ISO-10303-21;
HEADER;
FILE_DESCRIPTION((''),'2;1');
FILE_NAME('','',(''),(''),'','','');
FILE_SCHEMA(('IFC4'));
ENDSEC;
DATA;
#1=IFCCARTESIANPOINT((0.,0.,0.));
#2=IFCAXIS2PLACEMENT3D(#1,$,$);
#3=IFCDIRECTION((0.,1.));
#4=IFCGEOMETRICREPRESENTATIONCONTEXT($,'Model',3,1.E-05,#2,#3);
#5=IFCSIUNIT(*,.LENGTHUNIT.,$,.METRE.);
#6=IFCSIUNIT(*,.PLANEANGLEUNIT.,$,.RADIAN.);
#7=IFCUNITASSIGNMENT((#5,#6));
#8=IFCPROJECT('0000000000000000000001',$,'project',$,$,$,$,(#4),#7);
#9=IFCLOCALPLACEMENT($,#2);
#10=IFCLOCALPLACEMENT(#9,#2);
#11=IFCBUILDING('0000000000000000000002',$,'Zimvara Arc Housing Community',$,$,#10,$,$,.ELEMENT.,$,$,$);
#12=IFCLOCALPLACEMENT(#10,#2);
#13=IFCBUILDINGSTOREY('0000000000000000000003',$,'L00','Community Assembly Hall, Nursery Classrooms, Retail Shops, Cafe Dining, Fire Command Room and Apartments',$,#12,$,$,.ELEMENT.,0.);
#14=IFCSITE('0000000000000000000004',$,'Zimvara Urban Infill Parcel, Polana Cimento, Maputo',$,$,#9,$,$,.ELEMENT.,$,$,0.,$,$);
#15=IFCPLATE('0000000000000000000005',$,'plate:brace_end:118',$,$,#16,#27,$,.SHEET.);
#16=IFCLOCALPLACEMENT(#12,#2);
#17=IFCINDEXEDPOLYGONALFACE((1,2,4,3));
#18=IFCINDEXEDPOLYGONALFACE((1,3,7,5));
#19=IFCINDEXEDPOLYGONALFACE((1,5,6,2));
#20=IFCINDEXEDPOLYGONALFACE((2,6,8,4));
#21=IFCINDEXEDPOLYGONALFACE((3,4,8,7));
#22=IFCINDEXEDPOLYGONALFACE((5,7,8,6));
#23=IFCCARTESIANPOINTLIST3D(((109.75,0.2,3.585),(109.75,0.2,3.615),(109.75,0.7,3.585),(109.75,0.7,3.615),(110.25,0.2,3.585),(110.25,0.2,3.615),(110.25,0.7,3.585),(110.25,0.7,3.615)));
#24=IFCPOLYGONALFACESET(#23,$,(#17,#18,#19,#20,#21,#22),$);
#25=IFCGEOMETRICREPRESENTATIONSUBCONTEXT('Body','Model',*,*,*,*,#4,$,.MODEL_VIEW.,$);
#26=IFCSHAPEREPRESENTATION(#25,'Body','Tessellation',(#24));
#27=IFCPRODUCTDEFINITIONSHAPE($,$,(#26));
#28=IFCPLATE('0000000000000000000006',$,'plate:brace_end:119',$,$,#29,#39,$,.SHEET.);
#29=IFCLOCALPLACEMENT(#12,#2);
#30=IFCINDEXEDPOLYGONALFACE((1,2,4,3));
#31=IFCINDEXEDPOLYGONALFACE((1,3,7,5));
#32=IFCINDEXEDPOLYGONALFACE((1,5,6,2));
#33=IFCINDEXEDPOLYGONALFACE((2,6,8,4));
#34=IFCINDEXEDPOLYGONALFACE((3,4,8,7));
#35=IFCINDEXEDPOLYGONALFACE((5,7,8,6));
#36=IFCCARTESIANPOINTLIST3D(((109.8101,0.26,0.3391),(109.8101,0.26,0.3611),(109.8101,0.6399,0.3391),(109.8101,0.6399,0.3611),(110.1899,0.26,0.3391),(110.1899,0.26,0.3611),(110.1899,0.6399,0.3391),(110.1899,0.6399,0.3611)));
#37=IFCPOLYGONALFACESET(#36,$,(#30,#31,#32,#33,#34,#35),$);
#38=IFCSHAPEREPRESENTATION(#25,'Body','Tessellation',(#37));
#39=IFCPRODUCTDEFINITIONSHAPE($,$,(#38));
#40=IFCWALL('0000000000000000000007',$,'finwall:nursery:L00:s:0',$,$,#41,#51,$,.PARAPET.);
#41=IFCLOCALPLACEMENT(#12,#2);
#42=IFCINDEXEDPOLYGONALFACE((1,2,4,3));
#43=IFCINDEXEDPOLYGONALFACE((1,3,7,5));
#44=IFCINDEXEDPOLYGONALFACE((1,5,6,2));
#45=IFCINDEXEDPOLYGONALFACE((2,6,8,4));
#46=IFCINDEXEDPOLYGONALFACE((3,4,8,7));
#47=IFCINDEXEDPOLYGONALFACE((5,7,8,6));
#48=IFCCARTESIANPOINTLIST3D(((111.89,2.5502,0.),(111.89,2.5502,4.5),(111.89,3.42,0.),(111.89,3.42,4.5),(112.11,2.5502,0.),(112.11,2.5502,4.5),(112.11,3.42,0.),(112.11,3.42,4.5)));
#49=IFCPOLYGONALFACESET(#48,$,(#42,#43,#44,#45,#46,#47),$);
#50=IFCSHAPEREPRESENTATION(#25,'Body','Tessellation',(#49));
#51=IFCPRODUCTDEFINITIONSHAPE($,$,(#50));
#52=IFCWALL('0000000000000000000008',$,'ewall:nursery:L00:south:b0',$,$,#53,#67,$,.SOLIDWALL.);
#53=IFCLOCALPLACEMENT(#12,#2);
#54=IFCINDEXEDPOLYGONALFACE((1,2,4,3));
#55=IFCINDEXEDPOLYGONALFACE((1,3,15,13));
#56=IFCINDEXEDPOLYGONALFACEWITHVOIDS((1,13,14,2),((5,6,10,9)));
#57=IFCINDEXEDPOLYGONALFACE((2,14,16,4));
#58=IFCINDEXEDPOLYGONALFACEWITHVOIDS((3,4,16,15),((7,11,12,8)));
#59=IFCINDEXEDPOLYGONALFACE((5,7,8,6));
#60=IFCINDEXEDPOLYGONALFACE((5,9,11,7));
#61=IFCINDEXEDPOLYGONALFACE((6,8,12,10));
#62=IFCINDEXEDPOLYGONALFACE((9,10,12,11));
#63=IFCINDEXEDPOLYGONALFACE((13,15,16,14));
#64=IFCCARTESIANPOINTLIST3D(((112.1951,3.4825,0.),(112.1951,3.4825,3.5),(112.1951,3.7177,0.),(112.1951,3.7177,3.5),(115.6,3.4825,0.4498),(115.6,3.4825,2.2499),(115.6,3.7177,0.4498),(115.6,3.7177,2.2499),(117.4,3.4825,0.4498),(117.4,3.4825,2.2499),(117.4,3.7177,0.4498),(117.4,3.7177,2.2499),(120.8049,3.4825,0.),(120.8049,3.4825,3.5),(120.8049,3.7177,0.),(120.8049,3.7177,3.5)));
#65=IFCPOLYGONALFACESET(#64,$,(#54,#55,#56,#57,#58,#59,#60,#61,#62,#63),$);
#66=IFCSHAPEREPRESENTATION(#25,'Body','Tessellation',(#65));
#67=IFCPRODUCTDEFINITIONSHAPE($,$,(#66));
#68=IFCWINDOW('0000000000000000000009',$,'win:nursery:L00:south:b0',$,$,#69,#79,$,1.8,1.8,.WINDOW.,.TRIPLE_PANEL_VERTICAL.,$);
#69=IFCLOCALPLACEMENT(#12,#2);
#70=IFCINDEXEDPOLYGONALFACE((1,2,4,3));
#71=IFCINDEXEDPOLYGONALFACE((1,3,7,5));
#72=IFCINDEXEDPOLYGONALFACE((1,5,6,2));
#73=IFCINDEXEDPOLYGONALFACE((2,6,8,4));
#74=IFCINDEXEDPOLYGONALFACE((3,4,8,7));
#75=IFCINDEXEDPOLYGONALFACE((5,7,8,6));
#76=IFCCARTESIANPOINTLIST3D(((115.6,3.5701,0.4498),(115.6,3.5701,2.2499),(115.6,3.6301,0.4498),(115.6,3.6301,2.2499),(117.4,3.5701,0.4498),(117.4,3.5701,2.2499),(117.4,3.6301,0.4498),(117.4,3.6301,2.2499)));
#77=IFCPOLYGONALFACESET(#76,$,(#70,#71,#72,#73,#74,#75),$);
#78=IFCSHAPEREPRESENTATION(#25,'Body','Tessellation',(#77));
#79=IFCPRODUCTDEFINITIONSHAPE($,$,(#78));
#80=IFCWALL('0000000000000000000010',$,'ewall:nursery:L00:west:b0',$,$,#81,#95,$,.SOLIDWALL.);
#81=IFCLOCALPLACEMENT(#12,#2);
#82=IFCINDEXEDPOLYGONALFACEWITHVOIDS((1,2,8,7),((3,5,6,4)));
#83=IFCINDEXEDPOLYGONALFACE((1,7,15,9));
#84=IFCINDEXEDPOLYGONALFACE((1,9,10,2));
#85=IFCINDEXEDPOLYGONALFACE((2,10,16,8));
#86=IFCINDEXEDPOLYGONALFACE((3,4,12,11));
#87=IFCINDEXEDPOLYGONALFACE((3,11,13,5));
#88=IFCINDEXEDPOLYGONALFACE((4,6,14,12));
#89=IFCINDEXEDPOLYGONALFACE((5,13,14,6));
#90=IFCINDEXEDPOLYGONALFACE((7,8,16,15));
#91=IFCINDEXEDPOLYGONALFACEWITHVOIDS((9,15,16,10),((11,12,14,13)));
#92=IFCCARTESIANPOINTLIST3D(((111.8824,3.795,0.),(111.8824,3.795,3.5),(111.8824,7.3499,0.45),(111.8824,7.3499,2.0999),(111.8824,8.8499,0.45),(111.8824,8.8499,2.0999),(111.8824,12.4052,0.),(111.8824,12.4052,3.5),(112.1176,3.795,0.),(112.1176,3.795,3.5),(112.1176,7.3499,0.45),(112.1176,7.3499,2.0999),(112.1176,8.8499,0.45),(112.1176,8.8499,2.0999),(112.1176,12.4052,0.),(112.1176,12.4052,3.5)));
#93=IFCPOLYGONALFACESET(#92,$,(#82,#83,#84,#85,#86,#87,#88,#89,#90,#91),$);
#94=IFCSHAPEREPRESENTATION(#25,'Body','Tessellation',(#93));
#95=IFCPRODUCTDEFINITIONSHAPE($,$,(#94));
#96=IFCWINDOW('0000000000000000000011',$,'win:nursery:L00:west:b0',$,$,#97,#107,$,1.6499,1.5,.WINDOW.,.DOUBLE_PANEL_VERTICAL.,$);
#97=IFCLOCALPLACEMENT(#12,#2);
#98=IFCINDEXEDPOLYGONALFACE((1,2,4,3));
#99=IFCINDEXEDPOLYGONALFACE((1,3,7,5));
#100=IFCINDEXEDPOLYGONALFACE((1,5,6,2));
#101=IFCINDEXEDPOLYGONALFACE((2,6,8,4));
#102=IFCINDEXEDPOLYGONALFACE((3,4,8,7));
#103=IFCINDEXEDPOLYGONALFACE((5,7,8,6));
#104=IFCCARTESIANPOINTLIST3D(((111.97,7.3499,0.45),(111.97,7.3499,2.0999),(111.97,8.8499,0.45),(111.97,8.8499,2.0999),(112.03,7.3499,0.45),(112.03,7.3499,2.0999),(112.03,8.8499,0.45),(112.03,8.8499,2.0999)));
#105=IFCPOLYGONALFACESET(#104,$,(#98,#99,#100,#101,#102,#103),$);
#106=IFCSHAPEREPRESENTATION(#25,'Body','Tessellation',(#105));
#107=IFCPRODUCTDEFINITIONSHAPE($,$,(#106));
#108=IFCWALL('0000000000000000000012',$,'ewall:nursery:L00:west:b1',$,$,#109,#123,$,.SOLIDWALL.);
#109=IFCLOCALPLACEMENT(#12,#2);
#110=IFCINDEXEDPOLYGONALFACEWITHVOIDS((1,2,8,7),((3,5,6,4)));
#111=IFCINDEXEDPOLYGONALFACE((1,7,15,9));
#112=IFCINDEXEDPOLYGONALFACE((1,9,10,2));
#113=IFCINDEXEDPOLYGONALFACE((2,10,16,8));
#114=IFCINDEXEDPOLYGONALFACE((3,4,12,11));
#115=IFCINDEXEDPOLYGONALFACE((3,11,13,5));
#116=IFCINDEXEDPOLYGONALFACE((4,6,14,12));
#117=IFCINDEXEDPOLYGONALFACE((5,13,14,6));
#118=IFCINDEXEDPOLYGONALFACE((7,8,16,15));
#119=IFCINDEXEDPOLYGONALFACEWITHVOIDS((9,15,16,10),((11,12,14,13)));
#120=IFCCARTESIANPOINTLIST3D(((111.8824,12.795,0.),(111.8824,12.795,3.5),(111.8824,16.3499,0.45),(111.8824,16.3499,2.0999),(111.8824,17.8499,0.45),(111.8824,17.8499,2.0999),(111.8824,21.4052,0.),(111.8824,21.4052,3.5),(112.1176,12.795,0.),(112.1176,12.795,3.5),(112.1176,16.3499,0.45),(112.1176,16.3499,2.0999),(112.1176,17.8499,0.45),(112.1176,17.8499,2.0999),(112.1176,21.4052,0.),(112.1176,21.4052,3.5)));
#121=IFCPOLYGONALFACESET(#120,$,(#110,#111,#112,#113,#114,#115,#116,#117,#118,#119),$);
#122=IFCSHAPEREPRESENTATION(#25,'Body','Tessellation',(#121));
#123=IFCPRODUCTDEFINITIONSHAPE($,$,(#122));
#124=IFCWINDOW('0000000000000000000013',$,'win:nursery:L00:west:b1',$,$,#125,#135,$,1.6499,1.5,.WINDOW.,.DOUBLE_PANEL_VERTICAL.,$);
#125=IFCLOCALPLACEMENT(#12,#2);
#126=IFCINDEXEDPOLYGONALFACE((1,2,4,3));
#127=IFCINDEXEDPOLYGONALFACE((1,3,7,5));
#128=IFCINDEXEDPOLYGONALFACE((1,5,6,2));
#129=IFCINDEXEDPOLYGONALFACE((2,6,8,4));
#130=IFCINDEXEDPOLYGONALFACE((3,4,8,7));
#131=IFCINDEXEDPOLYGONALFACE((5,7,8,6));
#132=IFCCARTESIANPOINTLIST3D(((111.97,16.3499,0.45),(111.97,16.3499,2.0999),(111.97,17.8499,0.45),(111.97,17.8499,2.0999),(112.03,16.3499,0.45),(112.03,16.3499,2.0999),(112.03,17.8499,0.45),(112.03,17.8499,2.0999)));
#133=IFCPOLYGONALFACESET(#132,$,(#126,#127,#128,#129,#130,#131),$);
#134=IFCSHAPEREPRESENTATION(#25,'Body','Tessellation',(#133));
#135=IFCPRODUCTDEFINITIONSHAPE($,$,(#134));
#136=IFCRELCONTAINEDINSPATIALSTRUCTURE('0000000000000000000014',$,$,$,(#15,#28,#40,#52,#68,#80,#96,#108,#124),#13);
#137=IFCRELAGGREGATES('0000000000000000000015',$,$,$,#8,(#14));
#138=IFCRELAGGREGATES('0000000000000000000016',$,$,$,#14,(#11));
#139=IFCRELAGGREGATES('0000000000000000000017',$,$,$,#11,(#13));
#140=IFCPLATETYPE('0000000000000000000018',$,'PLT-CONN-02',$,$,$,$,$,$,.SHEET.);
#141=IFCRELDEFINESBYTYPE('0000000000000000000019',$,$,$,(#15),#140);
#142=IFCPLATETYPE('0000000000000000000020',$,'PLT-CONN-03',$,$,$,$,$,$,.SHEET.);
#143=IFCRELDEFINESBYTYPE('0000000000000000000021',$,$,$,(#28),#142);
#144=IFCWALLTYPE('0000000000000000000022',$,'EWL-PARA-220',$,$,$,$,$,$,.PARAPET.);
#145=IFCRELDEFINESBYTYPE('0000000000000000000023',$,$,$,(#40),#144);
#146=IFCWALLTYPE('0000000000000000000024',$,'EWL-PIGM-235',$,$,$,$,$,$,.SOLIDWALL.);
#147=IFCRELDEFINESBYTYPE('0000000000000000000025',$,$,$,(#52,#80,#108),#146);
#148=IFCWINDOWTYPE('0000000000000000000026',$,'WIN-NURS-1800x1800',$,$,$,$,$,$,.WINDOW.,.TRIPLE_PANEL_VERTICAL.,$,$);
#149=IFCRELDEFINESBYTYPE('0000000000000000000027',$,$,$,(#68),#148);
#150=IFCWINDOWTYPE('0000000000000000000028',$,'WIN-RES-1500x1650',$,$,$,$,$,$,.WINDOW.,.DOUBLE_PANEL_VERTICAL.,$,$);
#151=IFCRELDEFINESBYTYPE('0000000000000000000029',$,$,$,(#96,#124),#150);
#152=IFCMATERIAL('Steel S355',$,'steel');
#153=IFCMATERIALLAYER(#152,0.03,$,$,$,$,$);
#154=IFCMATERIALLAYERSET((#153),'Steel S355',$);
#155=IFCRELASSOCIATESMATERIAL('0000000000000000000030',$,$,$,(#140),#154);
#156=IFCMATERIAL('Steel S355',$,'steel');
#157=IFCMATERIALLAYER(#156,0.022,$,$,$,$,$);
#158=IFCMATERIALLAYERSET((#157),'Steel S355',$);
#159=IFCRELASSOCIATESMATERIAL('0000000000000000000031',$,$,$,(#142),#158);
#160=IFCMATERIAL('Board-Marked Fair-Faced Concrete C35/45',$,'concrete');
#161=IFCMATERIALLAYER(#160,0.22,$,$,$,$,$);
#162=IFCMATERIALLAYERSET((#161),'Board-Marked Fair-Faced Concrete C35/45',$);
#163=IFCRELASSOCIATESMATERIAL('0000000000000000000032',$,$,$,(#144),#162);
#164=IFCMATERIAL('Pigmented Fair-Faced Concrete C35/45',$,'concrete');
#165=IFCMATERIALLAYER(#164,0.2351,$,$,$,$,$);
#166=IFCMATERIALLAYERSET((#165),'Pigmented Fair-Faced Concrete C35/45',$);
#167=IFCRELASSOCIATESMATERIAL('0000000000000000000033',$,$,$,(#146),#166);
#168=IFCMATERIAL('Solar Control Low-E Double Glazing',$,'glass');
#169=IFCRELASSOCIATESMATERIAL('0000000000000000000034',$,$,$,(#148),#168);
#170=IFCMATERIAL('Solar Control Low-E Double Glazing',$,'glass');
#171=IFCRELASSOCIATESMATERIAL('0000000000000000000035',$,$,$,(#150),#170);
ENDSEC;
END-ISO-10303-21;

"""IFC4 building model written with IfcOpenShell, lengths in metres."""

from ifc_helpers import new_model, si_unit, direction, frame, frame_2d, origin, origin_2d, place, context, subcontext, project, spatial, rectangle, extrude, material, layer, layer_set, type_object, element, fill, save


model = new_model("IFC4")

# Units and contexts
model_context = context("Model", 3, precision=1e-05, world=origin(), true_north=direction((0.0, 1.0)))
body_context = subcontext(model_context, "Body", "Model", "MODEL_VIEW")
ifc_project = project(units=[si_unit("LENGTHUNIT", "METRE"), si_unit("PLANEANGLEUNIT", "RADIAN")], contexts=[model_context])

# Site, building, storey
site_placement = place(None, origin())
site = spatial("IfcSite", under=ifc_project, at=site_placement, Name="Zimvara Urban Infill Parcel, Polana Cimento, Maputo", CompositionType="ELEMENT", RefElevation=0.0)
building_placement = place(site_placement, origin())
building = spatial("IfcBuilding", under=site, at=building_placement, Name="Zimvara Arc Housing Community", CompositionType="ELEMENT")
storey_placement = place(building_placement, origin())
storey = spatial("IfcBuildingStorey", under=building, at=storey_placement, Name="L00", Description="Community Assembly Hall, Nursery Classrooms, Retail Shops, Cafe Dining, Fire Command Room and Apartments", CompositionType="ELEMENT", Elevation=0.0)

# Plates
ifc_material_1 = material(Name="Steel S355", Category="steel")
ifc_layer_1 = layer(ifc_material_1, 0.03)
ifc_layer_set_1 = layer_set([ifc_layer_1], Name="Steel S355")
plate_type_1 = type_object("IfcPlateType", Name="PLT-CONN-02", PredefinedType="SHEET", material=ifc_layer_set_1)
plate_1_placement = place(storey_placement, frame((110.0, 0.45, 3.585), z_axis=(0.0, 0.0, 1.0), x_axis=(1.0, 0.0, 0.0)))
element("IfcPlate", 1, at=plate_1_placement, inside=storey, type_object=plate_type_1, Name="plate:brace_end:118", PredefinedType="SHEET", context=body_context, shape_type="SweptSolid", body=[
    extrude(rectangle(XDim=0.5, YDim=0.5, at=origin_2d()), origin(), (0.0, 0.0, 1.0), 0.03),
])
ifc_material_2 = material(Name="Steel S355", Category="steel")
ifc_layer_2 = layer(ifc_material_2, 0.022)
ifc_layer_set_2 = layer_set([ifc_layer_2], Name="Steel S355")
plate_type_2 = type_object("IfcPlateType", Name="PLT-CONN-03", PredefinedType="SHEET", material=ifc_layer_set_2)
plate_2_placement = place(storey_placement, frame((110.0, 0.45, 0.3391), z_axis=(0.0, 0.0, 1.0), x_axis=(1.0, 0.0, 0.0)))
element("IfcPlate", 2, at=plate_2_placement, inside=storey, type_object=plate_type_2, Name="plate:brace_end:119", PredefinedType="SHEET", context=body_context, shape_type="SweptSolid", body=[
    extrude(rectangle(XDim=0.3799, YDim=0.3799, at=origin_2d()), origin(), (0.0, 0.0, 1.0), 0.022),
])

# Wall
ifc_material_3 = material(Name="Board-Marked Fair-Faced Concrete C35/45", Category="concrete")
ifc_layer_3 = layer(ifc_material_3, 0.22)
ifc_layer_set_3 = layer_set([ifc_layer_3], Name="Board-Marked Fair-Faced Concrete C35/45")
wall_type_1 = type_object("IfcWallType", Name="EWL-PARA-220", PredefinedType="PARAPET", material=ifc_layer_set_3)
wall_1_placement = place(storey_placement, frame((112.0, 2.55, 0.0), z_axis=(0.0, 0.0, 1.0), x_axis=(0.0, 1.0, 0.0)))
element("IfcWall", 3, at=wall_1_placement, inside=storey, type_object=wall_type_1, Name="finwall:nursery:L00:s:0", PredefinedType="PARAPET", context=body_context, shape_type="SweptSolid", body=[
    extrude(rectangle(XDim=0.8699, YDim=0.22, at=frame_2d((0.4351, 0.0))), origin(), (0.0, 0.0, 1.0), 4.5),
])

# Walls, openings, windows
ifc_material_4 = material(Name="Pigmented Fair-Faced Concrete C35/45", Category="concrete")
ifc_layer_4 = layer(ifc_material_4, 0.2351)
ifc_layer_set_4 = layer_set([ifc_layer_4], Name="Pigmented Fair-Faced Concrete C35/45")
wall_type_2 = type_object("IfcWallType", Name="EWL-PIGM-235", PredefinedType="SOLIDWALL", material=ifc_layer_set_4)
wall_2_placement = place(storey_placement, frame((112.1951, 3.6001, 0.0), z_axis=(0.0, 0.0, 1.0), x_axis=(1.0, 0.0, 0.0)))
wall_2 = element("IfcWall", 4, at=wall_2_placement, inside=storey, type_object=wall_type_2, Name="ewall:nursery:L00:south:b0", PredefinedType="SOLIDWALL", context=body_context, shape_type="SweptSolid", body=[
    extrude(rectangle(XDim=8.6099, YDim=0.2351, at=frame_2d((4.3049, 0.0))), origin(), (0.0, 0.0, 1.0), 3.5),
])
opening_1_placement = place(wall_2_placement, frame((3.405, 0.0, 0.45)))
opening_1 = element("IfcOpeningElement", 5, at=opening_1_placement, cuts=wall_2, PredefinedType="OPENING", context=body_context, shape_type="SweptSolid", body=[
    extrude(rectangle(XDim=1.8, YDim=1.8, at=frame_2d((0.8999, 0.8999))), frame((0.0, 0.1274, 0.0), z_axis=(0.0, -1.0, 0.0), x_axis=(1.0, 0.0, 0.0)), (0.0, 0.0, 1.0), 0.2551),
])
ifc_material_5 = material(Name="Solar Control Low-E Double Glazing", Category="glass")
window_type_1 = type_object("IfcWindowType", Name="WIN-NURS-1800x1800", PartitioningType="TRIPLE_PANEL_VERTICAL", PredefinedType="WINDOW", material=ifc_material_5)
window_1_placement = place(opening_1_placement, origin())
window_1 = element("IfcWindow", 6, at=window_1_placement, inside=storey, type_object=window_type_1, Name="win:nursery:L00:south:b0", OverallHeight=1.8, OverallWidth=1.8, PartitioningType="TRIPLE_PANEL_VERTICAL", PredefinedType="WINDOW", context=body_context, shape_type="SweptSolid", body=[
    extrude(rectangle(XDim=1.8, YDim=1.8, at=frame_2d((0.8999, 0.8999))), frame((0.0, 0.03, 0.0), z_axis=(0.0, -1.0, 0.0), x_axis=(1.0, 0.0, 0.0)), (0.0, 0.0, 1.0), 0.0601),
])
fill(opening_1, window_1)
wall_3_placement = place(storey_placement, frame((112.0, 3.7949, 0.0), z_axis=(0.0, 0.0, 1.0), x_axis=(0.0, 1.0, 0.0)))
wall_3 = element("IfcWall", 7, at=wall_3_placement, inside=storey, type_object=wall_type_2, Name="ewall:nursery:L00:west:b0", PredefinedType="SOLIDWALL", context=body_context, shape_type="SweptSolid", body=[
    extrude(rectangle(XDim=8.6101, YDim=0.2351, at=frame_2d((4.3052, 0.0))), origin(), (0.0, 0.0, 1.0), 3.5),
])
opening_2_placement = place(wall_3_placement, frame((3.5549, 0.0, 0.45)))
opening_2 = element("IfcOpeningElement", 8, at=opening_2_placement, cuts=wall_3, PredefinedType="OPENING", context=body_context, shape_type="SweptSolid", body=[
    extrude(rectangle(XDim=1.5, YDim=1.6499, at=frame_2d((0.75, 0.825))), frame((0.0, 0.1274, 0.0), z_axis=(0.0, -1.0, 0.0), x_axis=(1.0, 0.0, 0.0)), (0.0, 0.0, 1.0), 0.2551),
])
ifc_material_6 = material(Name="Solar Control Low-E Double Glazing", Category="glass")
window_type_2 = type_object("IfcWindowType", Name="WIN-RES-1500x1650", PartitioningType="DOUBLE_PANEL_VERTICAL", PredefinedType="WINDOW", material=ifc_material_6)
window_2_placement = place(opening_2_placement, origin())
window_2 = element("IfcWindow", 9, at=window_2_placement, inside=storey, type_object=window_type_2, Name="win:nursery:L00:west:b0", OverallHeight=1.6499, OverallWidth=1.5, PartitioningType="DOUBLE_PANEL_VERTICAL", PredefinedType="WINDOW", context=body_context, shape_type="SweptSolid", body=[
    extrude(rectangle(XDim=1.5, YDim=1.6499, at=frame_2d((0.75, 0.825))), frame((0.0, 0.03, 0.0), z_axis=(0.0, -1.0, 0.0), x_axis=(1.0, 0.0, 0.0)), (0.0, 0.0, 1.0), 0.0601),
])
fill(opening_2, window_2)
wall_4_placement = place(storey_placement, frame((112.0, 12.7949, 0.0), z_axis=(0.0, 0.0, 1.0), x_axis=(0.0, 1.0, 0.0)))
wall_4 = element("IfcWall", 10, at=wall_4_placement, inside=storey, type_object=wall_type_2, Name="ewall:nursery:L00:west:b1", PredefinedType="SOLIDWALL", context=body_context, shape_type="SweptSolid", body=[
    extrude(rectangle(XDim=8.6101, YDim=0.2351, at=frame_2d((4.3052, 0.0))), origin(), (0.0, 0.0, 1.0), 3.5),
])
opening_3_placement = place(wall_4_placement, frame((3.5549, 0.0, 0.45)))
opening_3 = element("IfcOpeningElement", 11, at=opening_3_placement, cuts=wall_4, PredefinedType="OPENING", context=body_context, shape_type="SweptSolid", body=[
    extrude(rectangle(XDim=1.5, YDim=1.6499, at=frame_2d((0.75, 0.825))), frame((0.0, 0.1274, 0.0), z_axis=(0.0, -1.0, 0.0), x_axis=(1.0, 0.0, 0.0)), (0.0, 0.0, 1.0), 0.2551),
])
window_3_placement = place(opening_3_placement, origin())
window_3 = element("IfcWindow", 12, at=window_3_placement, inside=storey, type_object=window_type_2, Name="win:nursery:L00:west:b1", OverallHeight=1.6499, OverallWidth=1.5, PartitioningType="DOUBLE_PANEL_VERTICAL", PredefinedType="WINDOW", context=body_context, shape_type="SweptSolid", body=[
    extrude(rectangle(XDim=1.5, YDim=1.6499, at=frame_2d((0.75, 0.825))), frame((0.0, 0.03, 0.0), z_axis=(0.0, -1.0, 0.0), x_axis=(1.0, 0.0, 0.0)), (0.0, 0.0, 1.0), 0.0601),
])
fill(opening_3, window_3)

save(model, "model.ifc")
